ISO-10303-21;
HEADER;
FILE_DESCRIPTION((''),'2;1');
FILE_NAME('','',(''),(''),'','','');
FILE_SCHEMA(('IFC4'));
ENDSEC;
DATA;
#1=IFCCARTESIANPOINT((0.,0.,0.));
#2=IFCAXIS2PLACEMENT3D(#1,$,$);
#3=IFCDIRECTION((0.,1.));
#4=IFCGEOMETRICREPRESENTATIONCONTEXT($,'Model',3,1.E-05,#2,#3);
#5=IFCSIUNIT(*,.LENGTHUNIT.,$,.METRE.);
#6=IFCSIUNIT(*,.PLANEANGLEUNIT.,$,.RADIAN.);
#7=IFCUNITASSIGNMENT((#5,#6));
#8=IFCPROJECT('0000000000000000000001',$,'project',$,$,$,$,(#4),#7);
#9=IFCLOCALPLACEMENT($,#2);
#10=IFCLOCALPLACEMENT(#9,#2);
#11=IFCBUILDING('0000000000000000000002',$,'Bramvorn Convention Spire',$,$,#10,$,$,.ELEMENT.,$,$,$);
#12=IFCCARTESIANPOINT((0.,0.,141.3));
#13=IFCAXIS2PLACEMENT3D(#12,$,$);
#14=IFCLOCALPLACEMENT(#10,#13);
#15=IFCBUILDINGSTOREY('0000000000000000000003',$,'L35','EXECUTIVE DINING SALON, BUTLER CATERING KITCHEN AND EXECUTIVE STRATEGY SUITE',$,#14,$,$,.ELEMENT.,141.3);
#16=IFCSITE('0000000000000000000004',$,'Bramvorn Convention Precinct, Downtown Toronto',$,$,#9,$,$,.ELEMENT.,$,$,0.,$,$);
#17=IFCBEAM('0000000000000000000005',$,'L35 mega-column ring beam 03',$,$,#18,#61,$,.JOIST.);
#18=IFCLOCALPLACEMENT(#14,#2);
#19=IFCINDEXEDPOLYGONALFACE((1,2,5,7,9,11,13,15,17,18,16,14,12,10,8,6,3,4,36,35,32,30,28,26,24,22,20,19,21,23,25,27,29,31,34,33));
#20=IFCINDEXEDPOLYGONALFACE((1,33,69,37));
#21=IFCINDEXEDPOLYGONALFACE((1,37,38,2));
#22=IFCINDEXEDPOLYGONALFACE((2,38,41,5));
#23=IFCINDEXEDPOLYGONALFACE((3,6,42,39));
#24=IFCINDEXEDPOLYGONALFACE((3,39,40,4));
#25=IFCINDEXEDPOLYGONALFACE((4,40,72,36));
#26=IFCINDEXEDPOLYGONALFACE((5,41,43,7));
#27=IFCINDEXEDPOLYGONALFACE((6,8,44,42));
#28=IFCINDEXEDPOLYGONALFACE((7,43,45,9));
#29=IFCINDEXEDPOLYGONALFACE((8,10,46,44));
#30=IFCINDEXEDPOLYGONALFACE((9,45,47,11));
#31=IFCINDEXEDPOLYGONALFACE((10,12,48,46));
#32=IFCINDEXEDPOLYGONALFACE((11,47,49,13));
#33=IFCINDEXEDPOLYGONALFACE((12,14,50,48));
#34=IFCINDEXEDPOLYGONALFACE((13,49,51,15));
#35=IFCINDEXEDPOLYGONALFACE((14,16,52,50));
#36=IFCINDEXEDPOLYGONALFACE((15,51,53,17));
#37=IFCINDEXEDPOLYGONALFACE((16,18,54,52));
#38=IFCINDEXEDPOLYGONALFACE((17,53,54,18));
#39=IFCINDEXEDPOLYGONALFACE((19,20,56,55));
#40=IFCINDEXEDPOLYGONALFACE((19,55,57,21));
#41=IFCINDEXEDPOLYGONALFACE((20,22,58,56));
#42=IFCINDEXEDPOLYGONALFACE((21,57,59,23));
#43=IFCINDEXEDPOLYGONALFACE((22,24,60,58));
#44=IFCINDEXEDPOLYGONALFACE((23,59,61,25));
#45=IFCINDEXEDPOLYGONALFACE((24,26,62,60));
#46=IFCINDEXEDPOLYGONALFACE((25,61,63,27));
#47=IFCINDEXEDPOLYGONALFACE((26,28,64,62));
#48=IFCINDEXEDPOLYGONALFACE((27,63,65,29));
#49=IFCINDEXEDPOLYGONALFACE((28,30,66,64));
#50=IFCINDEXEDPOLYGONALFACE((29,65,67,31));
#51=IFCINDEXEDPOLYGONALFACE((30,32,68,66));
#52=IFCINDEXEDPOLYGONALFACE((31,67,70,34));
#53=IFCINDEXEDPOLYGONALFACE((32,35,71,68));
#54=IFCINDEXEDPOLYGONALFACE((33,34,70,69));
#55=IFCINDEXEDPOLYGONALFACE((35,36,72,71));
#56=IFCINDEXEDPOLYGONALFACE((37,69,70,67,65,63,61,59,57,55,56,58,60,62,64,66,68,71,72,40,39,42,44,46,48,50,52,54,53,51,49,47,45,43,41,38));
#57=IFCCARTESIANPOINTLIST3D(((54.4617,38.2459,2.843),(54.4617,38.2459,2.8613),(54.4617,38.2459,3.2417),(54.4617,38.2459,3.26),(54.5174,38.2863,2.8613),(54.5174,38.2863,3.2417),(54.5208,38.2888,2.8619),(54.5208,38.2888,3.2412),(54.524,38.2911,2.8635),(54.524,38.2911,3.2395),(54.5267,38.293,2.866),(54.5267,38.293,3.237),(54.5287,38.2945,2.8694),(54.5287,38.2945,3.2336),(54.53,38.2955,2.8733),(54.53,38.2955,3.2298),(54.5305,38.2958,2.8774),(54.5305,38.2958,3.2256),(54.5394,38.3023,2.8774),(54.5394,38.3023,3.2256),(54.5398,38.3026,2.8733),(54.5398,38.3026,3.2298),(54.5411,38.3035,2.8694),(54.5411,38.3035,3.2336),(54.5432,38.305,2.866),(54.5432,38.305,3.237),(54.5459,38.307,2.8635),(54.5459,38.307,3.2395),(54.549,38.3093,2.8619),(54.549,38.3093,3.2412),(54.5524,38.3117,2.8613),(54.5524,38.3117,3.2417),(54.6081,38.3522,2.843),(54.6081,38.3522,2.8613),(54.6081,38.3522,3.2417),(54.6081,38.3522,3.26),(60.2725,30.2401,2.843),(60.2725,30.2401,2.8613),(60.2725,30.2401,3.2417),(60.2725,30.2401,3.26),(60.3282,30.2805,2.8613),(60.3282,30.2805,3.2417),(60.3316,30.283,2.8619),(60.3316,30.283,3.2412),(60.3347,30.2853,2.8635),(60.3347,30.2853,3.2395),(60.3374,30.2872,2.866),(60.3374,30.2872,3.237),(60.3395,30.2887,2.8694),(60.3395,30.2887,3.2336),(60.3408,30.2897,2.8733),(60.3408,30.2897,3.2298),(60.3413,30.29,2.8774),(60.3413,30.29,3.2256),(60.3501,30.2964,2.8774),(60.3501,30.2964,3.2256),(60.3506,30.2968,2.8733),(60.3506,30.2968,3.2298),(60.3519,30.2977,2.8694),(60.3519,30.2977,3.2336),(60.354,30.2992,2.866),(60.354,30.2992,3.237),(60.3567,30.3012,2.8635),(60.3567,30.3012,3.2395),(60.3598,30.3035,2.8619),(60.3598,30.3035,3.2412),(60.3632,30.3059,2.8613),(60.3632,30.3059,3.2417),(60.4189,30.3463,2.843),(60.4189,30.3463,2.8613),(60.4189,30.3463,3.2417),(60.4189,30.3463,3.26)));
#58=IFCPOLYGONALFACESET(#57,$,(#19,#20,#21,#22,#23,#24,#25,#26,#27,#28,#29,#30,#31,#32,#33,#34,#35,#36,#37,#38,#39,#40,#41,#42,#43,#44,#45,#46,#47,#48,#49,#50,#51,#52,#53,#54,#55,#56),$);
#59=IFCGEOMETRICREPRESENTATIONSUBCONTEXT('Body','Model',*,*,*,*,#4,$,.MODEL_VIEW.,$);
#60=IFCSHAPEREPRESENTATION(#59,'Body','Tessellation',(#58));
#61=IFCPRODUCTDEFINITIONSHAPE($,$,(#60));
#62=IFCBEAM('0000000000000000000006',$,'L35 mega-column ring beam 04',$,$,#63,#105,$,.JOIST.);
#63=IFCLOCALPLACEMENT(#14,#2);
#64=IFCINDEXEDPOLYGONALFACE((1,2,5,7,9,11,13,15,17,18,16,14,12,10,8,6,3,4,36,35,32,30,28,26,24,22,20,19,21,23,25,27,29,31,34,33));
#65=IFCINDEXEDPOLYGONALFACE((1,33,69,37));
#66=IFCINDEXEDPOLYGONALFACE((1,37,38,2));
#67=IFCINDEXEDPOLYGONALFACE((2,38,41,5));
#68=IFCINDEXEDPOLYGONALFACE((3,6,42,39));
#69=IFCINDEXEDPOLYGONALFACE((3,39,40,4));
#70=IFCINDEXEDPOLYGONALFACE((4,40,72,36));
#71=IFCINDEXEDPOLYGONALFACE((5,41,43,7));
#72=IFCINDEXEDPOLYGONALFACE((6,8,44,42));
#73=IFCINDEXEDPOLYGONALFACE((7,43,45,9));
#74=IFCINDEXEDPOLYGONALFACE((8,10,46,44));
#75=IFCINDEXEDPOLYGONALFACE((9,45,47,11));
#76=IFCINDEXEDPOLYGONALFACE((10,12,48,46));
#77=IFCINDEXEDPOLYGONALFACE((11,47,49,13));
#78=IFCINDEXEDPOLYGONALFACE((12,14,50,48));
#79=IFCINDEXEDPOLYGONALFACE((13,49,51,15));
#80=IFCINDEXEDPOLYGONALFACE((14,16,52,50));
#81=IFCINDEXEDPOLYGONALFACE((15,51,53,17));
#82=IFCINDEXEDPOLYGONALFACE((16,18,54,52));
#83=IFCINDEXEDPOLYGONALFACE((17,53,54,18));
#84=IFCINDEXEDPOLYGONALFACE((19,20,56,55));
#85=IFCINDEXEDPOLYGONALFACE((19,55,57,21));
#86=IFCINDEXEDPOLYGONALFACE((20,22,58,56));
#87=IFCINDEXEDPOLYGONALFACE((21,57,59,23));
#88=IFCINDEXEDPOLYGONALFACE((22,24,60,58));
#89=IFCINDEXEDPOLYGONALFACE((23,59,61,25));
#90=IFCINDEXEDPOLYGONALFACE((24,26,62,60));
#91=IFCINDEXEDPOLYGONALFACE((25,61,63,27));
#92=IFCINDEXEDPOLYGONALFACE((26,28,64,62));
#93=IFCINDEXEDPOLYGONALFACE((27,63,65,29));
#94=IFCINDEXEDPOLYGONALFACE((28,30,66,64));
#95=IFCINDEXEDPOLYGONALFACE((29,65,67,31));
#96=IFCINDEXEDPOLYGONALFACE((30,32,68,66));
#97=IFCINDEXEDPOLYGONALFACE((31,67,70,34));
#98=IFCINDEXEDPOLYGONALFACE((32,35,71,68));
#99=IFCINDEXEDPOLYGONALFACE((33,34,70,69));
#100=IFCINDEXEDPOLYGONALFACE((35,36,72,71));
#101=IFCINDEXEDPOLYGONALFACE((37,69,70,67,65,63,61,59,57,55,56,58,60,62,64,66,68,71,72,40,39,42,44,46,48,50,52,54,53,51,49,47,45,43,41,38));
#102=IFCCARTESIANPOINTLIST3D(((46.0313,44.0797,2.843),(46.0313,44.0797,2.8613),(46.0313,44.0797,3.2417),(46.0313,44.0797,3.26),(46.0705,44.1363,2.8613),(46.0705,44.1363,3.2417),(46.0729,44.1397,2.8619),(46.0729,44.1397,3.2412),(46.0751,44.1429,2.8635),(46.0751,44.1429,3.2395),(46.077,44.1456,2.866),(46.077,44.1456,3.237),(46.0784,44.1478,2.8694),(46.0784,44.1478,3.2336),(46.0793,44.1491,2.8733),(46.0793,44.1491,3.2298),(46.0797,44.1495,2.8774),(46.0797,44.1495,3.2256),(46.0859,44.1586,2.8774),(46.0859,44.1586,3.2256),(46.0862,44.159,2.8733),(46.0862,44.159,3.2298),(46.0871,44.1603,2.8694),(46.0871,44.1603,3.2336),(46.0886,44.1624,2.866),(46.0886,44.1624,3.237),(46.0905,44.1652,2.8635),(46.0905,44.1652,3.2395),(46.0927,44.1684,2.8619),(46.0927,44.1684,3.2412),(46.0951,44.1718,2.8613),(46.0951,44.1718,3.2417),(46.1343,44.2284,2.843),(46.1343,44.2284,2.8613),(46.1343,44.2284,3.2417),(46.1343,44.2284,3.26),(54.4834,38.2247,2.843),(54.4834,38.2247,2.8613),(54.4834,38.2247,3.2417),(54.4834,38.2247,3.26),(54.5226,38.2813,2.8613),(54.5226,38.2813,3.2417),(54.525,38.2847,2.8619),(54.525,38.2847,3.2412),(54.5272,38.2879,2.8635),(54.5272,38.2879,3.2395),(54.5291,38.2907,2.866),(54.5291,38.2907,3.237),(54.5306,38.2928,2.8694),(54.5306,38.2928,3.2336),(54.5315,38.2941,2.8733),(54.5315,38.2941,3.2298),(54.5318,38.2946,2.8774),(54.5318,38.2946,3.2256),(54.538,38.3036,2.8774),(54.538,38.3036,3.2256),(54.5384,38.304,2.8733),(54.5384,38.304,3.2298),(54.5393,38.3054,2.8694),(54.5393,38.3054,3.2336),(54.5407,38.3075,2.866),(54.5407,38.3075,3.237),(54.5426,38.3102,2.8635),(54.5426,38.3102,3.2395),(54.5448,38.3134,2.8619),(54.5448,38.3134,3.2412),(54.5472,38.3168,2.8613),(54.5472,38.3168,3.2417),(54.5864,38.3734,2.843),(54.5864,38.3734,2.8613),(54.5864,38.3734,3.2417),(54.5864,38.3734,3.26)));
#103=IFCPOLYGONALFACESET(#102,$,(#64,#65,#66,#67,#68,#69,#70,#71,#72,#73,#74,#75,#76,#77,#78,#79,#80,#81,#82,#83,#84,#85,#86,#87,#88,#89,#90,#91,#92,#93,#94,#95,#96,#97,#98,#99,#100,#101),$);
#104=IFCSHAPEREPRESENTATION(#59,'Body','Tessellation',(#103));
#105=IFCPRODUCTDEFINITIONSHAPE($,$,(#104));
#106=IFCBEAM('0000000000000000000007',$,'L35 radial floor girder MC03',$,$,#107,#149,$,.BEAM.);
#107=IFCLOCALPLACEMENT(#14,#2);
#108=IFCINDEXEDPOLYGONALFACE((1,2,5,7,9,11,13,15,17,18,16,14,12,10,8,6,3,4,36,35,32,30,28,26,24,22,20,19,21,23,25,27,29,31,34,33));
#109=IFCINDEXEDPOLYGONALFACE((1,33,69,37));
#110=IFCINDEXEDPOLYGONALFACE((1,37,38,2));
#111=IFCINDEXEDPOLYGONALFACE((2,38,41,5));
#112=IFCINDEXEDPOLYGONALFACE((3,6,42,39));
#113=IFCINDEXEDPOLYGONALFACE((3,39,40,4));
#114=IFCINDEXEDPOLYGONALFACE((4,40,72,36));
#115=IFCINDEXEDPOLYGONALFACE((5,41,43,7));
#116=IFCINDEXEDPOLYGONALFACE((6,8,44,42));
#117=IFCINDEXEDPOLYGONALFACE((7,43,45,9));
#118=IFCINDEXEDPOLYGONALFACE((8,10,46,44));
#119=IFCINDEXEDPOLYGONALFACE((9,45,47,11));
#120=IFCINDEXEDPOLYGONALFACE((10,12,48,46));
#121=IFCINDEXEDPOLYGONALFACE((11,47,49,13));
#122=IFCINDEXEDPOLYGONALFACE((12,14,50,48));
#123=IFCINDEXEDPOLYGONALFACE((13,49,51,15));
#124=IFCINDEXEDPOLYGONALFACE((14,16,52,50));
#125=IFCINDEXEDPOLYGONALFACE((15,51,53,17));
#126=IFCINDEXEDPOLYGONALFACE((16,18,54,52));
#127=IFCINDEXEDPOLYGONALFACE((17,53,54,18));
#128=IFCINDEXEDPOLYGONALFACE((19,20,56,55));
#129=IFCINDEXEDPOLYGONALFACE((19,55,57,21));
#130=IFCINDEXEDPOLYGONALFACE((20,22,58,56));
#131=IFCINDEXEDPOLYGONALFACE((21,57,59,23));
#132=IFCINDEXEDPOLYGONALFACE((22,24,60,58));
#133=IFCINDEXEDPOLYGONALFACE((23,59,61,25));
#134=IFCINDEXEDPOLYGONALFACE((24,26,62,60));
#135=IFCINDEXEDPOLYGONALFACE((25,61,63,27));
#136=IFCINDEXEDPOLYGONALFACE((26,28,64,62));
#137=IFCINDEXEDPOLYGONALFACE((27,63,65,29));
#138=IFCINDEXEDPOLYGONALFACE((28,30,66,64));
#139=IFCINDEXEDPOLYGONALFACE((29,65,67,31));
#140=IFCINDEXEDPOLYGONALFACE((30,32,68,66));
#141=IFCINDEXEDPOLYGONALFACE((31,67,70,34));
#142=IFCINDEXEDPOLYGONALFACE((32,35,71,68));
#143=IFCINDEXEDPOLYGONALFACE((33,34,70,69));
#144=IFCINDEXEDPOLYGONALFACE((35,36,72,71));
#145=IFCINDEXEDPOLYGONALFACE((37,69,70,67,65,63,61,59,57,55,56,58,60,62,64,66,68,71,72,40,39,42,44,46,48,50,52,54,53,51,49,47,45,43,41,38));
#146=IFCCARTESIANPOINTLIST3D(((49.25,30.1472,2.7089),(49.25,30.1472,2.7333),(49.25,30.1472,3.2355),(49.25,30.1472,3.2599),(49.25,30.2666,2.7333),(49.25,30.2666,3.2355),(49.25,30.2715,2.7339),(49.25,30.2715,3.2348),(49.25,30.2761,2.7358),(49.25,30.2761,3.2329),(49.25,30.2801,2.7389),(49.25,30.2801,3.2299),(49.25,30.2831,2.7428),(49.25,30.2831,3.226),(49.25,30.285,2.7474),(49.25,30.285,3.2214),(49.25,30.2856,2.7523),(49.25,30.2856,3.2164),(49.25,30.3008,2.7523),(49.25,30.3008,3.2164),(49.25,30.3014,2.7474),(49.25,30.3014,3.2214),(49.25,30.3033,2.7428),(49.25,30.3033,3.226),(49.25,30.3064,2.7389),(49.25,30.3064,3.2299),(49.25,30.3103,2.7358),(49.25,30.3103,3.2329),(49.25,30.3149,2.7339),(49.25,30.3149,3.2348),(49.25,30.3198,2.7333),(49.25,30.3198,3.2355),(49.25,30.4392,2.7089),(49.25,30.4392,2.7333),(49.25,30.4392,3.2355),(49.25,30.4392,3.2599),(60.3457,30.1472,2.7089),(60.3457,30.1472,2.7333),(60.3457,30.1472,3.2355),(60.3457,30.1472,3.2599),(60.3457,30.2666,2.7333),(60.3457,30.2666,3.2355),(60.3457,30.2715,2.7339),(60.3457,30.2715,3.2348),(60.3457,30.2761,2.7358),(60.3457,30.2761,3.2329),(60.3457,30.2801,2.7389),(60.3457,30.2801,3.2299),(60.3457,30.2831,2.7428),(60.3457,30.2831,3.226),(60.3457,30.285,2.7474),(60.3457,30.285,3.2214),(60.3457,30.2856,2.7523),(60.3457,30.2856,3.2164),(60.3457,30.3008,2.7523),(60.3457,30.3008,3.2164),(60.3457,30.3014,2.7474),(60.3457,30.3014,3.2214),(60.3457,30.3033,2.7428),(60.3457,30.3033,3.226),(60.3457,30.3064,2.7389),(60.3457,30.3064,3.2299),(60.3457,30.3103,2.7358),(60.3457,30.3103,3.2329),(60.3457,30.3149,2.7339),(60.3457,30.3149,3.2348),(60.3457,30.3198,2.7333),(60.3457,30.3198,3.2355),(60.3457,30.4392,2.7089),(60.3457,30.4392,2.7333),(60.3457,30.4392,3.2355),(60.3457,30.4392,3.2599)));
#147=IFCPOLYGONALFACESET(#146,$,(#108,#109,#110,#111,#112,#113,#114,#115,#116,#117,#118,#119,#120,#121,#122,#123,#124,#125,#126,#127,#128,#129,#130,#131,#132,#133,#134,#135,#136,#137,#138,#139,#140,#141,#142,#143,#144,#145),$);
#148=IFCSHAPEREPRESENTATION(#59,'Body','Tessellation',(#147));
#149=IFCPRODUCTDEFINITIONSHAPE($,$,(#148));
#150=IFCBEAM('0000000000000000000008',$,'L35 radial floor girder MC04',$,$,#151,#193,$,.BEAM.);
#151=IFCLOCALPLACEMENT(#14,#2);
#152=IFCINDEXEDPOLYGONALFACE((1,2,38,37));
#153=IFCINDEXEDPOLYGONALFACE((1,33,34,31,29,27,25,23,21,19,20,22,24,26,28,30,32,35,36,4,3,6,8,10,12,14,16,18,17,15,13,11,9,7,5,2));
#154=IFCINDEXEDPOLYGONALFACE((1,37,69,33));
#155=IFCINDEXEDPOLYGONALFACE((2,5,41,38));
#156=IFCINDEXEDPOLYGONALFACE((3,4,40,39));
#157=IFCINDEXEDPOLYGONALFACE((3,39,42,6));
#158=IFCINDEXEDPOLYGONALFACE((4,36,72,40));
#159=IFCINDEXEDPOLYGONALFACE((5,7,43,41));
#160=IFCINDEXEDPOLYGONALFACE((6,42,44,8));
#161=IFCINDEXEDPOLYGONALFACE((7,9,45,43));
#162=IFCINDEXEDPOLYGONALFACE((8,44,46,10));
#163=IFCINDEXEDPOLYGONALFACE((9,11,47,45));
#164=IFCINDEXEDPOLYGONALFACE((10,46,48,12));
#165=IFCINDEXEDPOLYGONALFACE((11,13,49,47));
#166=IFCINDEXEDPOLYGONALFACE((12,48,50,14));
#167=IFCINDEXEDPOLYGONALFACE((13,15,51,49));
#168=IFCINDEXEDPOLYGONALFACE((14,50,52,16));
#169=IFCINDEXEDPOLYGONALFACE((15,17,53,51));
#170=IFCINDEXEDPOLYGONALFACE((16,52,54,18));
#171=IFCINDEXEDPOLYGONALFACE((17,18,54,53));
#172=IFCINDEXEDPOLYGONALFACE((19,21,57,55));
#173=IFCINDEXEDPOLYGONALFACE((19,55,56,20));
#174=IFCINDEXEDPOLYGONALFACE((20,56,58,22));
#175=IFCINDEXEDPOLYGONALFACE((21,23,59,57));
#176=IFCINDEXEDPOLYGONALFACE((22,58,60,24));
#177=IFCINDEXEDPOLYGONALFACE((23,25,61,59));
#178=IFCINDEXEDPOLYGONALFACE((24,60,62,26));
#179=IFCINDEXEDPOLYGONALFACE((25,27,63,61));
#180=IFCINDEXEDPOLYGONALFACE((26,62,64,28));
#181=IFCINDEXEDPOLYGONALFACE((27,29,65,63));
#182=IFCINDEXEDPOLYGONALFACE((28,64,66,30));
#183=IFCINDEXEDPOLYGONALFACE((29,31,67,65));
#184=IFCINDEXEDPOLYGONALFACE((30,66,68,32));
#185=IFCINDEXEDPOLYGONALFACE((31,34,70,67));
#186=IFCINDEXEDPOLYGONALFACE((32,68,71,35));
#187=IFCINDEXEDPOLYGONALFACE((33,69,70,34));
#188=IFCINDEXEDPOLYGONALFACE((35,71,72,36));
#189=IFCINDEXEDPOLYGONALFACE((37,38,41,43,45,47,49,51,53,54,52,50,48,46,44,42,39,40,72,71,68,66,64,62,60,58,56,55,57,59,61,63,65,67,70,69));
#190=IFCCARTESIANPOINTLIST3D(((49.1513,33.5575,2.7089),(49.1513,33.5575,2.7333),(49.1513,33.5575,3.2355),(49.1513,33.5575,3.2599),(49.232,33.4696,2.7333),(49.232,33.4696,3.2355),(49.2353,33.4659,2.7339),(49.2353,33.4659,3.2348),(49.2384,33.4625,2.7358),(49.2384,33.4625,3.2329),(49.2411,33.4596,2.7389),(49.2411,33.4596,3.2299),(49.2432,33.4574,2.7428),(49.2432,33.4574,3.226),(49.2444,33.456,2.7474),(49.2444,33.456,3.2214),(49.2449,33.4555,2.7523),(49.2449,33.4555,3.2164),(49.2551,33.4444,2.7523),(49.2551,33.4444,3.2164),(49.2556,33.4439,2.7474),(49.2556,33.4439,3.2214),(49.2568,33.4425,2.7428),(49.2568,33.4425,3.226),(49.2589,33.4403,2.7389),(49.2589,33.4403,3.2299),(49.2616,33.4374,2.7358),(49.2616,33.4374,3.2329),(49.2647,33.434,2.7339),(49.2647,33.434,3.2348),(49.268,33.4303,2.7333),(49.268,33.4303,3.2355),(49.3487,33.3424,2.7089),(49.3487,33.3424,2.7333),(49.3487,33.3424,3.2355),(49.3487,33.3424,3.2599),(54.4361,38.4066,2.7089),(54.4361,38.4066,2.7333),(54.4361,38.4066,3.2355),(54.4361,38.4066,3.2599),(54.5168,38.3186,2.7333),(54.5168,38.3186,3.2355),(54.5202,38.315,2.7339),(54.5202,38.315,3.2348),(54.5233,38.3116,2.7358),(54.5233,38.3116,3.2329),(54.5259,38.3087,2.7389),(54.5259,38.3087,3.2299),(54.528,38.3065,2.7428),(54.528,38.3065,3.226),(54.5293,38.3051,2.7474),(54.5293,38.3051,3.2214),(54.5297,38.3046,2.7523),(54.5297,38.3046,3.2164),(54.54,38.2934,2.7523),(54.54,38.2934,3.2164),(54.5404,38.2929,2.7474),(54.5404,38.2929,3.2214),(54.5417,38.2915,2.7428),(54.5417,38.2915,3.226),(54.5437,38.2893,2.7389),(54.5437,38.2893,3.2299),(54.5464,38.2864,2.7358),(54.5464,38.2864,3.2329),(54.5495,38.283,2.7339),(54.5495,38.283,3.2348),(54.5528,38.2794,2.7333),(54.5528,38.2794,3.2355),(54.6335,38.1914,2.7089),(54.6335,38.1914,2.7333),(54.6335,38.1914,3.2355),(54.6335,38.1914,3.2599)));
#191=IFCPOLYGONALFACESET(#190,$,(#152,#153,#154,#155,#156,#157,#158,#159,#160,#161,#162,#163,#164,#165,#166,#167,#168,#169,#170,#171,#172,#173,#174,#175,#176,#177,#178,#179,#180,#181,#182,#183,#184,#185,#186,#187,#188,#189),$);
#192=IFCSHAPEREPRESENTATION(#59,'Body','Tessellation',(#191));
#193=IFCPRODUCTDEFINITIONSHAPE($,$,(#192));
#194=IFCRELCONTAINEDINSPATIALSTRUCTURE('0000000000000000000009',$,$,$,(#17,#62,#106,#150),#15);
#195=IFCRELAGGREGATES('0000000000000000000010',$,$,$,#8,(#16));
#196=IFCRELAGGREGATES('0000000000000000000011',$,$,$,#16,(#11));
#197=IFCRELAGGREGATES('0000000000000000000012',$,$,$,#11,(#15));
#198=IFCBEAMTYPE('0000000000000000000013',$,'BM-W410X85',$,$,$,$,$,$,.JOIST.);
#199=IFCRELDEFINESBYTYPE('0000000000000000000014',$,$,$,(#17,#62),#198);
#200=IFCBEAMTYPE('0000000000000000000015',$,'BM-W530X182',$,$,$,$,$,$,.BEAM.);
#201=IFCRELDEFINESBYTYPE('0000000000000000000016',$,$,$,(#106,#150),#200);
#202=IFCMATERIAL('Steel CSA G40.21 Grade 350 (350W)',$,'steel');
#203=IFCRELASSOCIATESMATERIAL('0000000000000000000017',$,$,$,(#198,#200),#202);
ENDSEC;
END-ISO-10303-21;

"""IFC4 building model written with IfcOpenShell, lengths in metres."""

from ifc_helpers import new_model, si_unit, direction, frame, origin, origin_2d, place, context, subcontext, project, spatial, i_section, extrude, material, material_profile, profile_set, type_object, element, save


model = new_model("IFC4")

# Units and contexts
model_context = context("Model", 3, precision=1e-05, world=origin(), true_north=direction((0.0, 1.0)))
body_context = subcontext(model_context, "Body", "Model", "MODEL_VIEW")
ifc_project = project(units=[si_unit("LENGTHUNIT", "METRE"), si_unit("PLANEANGLEUNIT", "RADIAN")], contexts=[model_context])

# Site, building, storey
site_placement = place(None, origin())
site = spatial("IfcSite", under=ifc_project, at=site_placement, Name="Bramvorn Convention Precinct, Downtown Toronto", CompositionType="ELEMENT", RefElevation=0.0)
building_placement = place(site_placement, origin())
building = spatial("IfcBuilding", under=site, at=building_placement, Name="Bramvorn Convention Spire", CompositionType="ELEMENT")
storey_placement = place(building_placement, frame((0.0, 0.0, 141.3)))
storey = spatial("IfcBuildingStorey", under=building, at=storey_placement, Name="L35", Description="EXECUTIVE DINING SALON, BUTLER CATERING KITCHEN AND EXECUTIVE STRATEGY SUITE", CompositionType="ELEMENT", Elevation=141.3)

# Shared definitions
ifc_material_1 = material(Name="Steel CSA G40.21 Grade 350 (350W)", Category="steel")

# Beams
ifc_material_profile_1 = material_profile(ifc_material_1, i_section(OverallWidth=0.1809, OverallDepth=0.417, WebThickness=0.011, FlangeThickness=0.0183, FilletRadius=0.0161, at=origin_2d()))
ifc_profile_set_1 = profile_set([ifc_material_profile_1], Name="Steel CSA G40.21 Grade 350 (350W) - W410X85")
beam_type_1 = type_object("IfcBeamType", Name="BM-W410X85", PredefinedType="JOIST", material=ifc_profile_set_1)
beam_1_placement = place(storey_placement, frame((60.3457, 30.2932, 3.0515), z_axis=(-0.587401, 0.809296, 0.0), x_axis=(-0.809296, -0.587401, 0.0)))
element("IfcBeam", 1, at=beam_1_placement, inside=storey, type_object=beam_type_1, Name="L35 mega-column ring beam 03", PredefinedType="JOIST", context=body_context, shape_type="SweptSolid", body=[
    extrude(i_section(OverallWidth=0.1809, OverallDepth=0.417, WebThickness=0.011, FlangeThickness=0.0183, FilletRadius=0.0161, at=origin_2d()), origin(), (0.0, 0.0, 1.0), 9.8923),
])
beam_2_placement = place(storey_placement, frame((54.5349, 38.2991, 3.0515), z_axis=(-0.822033, 0.56944, 0.0), x_axis=(-0.56944, -0.822033, 0.0)))
element("IfcBeam", 2, at=beam_2_placement, inside=storey, type_object=beam_type_1, Name="L35 mega-column ring beam 04", PredefinedType="JOIST", context=body_context, shape_type="SweptSolid", body=[
    extrude(i_section(OverallWidth=0.1809, OverallDepth=0.417, WebThickness=0.011, FlangeThickness=0.0183, FilletRadius=0.0161, at=origin_2d()), origin(), (0.0, 0.0, 1.0), 10.282),
])
ifc_material_profile_2 = material_profile(ifc_material_1, i_section(OverallWidth=0.292, OverallDepth=0.551, WebThickness=0.0151, FlangeThickness=0.0244, FilletRadius=0.019, at=origin_2d()))
ifc_profile_set_2 = profile_set([ifc_material_profile_2], Name="Steel CSA G40.21 Grade 350 (350W) - W530X182")
beam_type_2 = type_object("IfcBeamType", Name="BM-W530X182", PredefinedType="BEAM", material=ifc_profile_set_2)
beam_3_placement = place(storey_placement, frame((49.25, 30.2932, 2.9844), z_axis=(1.0, 0.0, 0.0), x_axis=(0.0, 1.0, 0.0)))
element("IfcBeam", 3, at=beam_3_placement, inside=storey, type_object=beam_type_2, Name="L35 radial floor girder MC03", PredefinedType="BEAM", context=body_context, shape_type="SweptSolid", body=[
    extrude(i_section(OverallWidth=0.292, OverallDepth=0.551, WebThickness=0.0151, FlangeThickness=0.0244, FilletRadius=0.019, at=origin_2d()), origin(), (0.0, 0.0, 1.0), 11.0957),
])
beam_4_placement = place(storey_placement, frame((49.25, 33.45, 2.9844), z_axis=(0.736833, 0.676074, 0.0), x_axis=(-0.676074, 0.736833, 0.0)))
element("IfcBeam", 4, at=beam_4_placement, inside=storey, type_object=beam_type_2, Name="L35 radial floor girder MC04", PredefinedType="BEAM", context=body_context, shape_type="SweptSolid", body=[
    extrude(i_section(OverallWidth=0.292, OverallDepth=0.551, WebThickness=0.0151, FlangeThickness=0.0244, FilletRadius=0.019, at=origin_2d()), origin(), (0.0, 0.0, 1.0), 7.1724),
])

save(model, "model.ifc")
